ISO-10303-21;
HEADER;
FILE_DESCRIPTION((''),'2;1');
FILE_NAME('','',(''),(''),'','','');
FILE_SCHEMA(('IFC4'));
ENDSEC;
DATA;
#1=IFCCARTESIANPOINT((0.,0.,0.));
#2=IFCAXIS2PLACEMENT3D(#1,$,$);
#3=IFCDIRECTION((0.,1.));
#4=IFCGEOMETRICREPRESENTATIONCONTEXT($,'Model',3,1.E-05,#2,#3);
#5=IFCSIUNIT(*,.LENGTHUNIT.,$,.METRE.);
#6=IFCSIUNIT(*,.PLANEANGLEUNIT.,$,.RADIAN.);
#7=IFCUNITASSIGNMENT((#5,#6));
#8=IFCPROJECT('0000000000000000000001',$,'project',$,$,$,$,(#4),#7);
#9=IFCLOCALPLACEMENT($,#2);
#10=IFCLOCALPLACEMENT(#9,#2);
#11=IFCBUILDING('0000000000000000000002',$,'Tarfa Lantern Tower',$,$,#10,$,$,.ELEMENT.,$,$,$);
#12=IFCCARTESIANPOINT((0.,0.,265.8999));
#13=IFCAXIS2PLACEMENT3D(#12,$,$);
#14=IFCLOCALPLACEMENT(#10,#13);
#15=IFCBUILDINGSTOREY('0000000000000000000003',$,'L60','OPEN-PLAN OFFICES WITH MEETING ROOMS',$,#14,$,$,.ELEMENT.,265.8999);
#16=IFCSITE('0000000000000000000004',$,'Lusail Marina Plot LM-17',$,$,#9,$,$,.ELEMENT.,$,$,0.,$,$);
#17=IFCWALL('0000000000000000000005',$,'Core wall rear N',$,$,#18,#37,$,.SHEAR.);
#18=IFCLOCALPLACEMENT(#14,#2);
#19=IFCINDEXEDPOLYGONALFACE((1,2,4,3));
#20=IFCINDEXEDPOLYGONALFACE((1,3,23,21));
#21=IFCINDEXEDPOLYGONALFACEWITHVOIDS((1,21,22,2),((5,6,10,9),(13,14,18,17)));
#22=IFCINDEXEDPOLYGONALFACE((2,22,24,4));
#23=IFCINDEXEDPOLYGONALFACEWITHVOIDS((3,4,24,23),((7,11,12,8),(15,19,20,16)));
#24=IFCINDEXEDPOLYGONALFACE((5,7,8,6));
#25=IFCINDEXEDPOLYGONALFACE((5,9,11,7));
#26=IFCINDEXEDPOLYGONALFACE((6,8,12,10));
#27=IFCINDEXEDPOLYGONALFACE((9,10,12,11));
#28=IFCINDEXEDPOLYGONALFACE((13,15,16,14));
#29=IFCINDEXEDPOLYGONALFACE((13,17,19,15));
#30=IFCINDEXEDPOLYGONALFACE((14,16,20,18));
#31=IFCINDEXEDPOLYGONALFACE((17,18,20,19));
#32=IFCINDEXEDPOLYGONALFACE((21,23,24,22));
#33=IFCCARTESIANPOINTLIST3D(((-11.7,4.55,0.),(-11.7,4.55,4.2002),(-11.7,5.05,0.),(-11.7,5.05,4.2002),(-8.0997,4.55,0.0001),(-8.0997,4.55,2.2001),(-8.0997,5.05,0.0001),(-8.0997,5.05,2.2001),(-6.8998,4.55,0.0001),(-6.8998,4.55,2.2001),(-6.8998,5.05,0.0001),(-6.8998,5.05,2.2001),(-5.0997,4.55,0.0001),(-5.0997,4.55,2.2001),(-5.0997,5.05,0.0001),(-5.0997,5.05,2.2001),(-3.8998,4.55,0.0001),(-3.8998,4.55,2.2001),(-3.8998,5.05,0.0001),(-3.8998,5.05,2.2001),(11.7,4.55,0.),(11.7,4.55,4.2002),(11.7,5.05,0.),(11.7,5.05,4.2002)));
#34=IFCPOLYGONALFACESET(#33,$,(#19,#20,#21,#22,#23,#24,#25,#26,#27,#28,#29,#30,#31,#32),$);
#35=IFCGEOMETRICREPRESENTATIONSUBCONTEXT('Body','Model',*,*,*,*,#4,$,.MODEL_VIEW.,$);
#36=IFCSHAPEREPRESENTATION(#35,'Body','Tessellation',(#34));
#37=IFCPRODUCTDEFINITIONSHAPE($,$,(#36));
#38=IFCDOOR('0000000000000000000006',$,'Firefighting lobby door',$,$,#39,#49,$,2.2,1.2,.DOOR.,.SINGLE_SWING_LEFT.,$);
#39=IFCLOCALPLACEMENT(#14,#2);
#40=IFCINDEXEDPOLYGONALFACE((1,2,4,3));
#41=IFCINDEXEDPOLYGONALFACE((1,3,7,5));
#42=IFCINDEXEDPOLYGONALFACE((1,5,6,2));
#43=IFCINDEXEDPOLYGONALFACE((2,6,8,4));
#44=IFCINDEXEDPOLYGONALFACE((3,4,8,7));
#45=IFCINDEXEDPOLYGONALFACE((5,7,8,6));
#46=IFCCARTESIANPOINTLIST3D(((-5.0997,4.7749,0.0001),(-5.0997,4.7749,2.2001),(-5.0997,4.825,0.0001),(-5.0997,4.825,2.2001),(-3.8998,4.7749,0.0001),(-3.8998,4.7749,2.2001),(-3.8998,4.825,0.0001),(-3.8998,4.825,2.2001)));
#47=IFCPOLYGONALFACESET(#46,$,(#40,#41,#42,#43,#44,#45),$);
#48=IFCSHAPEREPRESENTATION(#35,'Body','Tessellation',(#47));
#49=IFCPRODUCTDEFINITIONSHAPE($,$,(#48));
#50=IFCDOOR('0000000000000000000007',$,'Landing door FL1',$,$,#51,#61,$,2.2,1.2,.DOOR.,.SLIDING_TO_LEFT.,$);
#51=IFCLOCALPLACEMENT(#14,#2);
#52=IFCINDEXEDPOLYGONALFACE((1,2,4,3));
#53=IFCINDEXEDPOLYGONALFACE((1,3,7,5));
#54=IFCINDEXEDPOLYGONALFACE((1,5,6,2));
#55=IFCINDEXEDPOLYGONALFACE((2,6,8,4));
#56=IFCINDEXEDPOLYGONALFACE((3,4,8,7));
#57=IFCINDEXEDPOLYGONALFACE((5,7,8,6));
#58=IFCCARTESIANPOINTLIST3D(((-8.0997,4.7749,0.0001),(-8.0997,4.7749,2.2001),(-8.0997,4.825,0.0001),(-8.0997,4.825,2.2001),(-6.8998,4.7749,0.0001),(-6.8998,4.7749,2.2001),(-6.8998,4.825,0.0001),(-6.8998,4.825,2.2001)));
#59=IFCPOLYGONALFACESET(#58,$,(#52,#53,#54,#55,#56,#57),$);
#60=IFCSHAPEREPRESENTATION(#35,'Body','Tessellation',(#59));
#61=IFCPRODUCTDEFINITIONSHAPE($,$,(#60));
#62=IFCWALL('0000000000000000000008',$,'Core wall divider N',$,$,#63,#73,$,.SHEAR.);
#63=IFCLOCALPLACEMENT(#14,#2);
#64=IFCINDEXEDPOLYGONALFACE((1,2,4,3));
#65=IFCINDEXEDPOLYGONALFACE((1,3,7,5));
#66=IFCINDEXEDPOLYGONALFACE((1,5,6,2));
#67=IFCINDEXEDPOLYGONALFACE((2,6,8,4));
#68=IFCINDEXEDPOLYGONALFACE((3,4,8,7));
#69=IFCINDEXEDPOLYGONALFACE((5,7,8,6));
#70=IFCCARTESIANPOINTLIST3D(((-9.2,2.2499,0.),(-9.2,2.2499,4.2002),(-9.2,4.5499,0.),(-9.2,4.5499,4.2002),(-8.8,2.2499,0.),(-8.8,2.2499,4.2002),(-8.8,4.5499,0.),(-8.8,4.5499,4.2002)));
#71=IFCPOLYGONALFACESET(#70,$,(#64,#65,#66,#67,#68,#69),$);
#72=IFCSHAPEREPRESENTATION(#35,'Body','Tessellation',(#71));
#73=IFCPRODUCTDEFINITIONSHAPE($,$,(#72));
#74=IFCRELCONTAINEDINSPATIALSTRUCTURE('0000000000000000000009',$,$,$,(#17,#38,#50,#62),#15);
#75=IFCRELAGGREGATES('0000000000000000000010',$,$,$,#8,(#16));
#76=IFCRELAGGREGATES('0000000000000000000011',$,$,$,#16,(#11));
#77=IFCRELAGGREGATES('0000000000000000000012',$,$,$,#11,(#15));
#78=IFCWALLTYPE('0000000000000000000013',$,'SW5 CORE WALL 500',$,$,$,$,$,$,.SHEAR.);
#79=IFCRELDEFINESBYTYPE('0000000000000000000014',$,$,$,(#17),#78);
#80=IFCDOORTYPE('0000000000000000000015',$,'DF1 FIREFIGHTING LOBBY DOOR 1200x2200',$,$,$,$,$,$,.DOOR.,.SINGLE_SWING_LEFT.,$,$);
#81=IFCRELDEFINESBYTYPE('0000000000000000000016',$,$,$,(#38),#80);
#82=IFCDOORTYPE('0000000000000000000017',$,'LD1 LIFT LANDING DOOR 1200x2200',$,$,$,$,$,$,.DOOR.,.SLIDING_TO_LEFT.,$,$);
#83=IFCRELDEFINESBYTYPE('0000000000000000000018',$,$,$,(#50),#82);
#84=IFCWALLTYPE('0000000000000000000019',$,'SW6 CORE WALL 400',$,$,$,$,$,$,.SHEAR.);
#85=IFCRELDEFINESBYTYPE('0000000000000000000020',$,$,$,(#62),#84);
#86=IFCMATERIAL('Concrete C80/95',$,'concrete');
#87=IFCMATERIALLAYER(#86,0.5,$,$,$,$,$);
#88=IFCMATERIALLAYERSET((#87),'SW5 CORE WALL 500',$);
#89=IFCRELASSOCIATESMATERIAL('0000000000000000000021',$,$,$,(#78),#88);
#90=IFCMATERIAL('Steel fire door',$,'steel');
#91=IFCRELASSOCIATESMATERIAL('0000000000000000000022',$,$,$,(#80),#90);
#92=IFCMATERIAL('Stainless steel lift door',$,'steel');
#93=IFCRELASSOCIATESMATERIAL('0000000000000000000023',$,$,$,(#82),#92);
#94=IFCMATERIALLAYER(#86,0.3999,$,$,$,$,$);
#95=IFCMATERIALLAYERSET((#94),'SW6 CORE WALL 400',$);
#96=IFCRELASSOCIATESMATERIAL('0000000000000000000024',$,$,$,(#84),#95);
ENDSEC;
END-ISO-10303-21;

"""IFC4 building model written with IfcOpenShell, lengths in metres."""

from ifc_helpers import new_model, si_unit, direction, frame, frame_2d, origin, place, context, subcontext, project, spatial, rectangle, extrude, material, layer, layer_set, type_object, element, fill, save


model = new_model("IFC4")

# Units and contexts
model_context = context("Model", 3, precision=1e-05, world=origin(), true_north=direction((0.0, 1.0)))
body_context = subcontext(model_context, "Body", "Model", "MODEL_VIEW")
ifc_project = project(units=[si_unit("LENGTHUNIT", "METRE"), si_unit("PLANEANGLEUNIT", "RADIAN")], contexts=[model_context])

# Site, building, storey
site_placement = place(None, origin())
site = spatial("IfcSite", under=ifc_project, at=site_placement, Name="Lusail Marina Plot LM-17", CompositionType="ELEMENT", RefElevation=0.0)
building_placement = place(site_placement, origin())
building = spatial("IfcBuilding", under=site, at=building_placement, Name="Tarfa Lantern Tower", CompositionType="ELEMENT")
storey_placement = place(building_placement, frame((0.0, 0.0, 265.8999)))
storey = spatial("IfcBuildingStorey", under=building, at=storey_placement, Name="L60", Description="OPEN-PLAN OFFICES WITH MEETING ROOMS", CompositionType="ELEMENT", Elevation=265.8999)

# Shared definitions
ifc_material_1 = material(Name="Concrete C80/95", Category="concrete")
ifc_material_2 = material(Name="Steel fire door", Category="steel")
ifc_layer_1 = layer(ifc_material_1, 0.5)
ifc_layer_set_1 = layer_set([ifc_layer_1], Name="SW5 CORE WALL 500")
wall_type_1 = type_object("IfcWallType", Name="SW5 CORE WALL 500", PredefinedType="SHEAR", material=ifc_layer_set_1)

# Wall, openings, doors
wall_1_placement = place(storey_placement, frame((-11.7, 4.8, 0.0), z_axis=(0.0, 0.0, 1.0), x_axis=(1.0, 0.0, 0.0)))
wall_1 = element("IfcWall", 1, at=wall_1_placement, inside=storey, type_object=wall_type_1, Name="Core wall rear N", PredefinedType="SHEAR", context=body_context, shape_type="SweptSolid", body=[
    extrude(rectangle(XDim=23.3999, YDim=0.5, at=frame_2d((11.7, 0.0))), origin(), (0.0, 0.0, 1.0), 4.2002),
])
opening_1_placement = place(wall_1_placement, frame((6.6001, 0.0, 0.0)))
opening_1 = element("IfcOpeningElement", 2, at=opening_1_placement, cuts=wall_1, PredefinedType="OPENING", context=body_context, shape_type="SweptSolid", body=[
    extrude(rectangle(XDim=1.2, YDim=2.2, at=frame_2d((0.6001, 1.1001))), frame((0.0, 0.26, 0.0), z_axis=(0.0, -1.0, 0.0), x_axis=(1.0, 0.0, 0.0)), (0.0, 0.0, 1.0), 0.52),
])
opening_2_placement = place(wall_1_placement, frame((3.6001, 0.0, 0.0)))
opening_2 = element("IfcOpeningElement", 3, at=opening_2_placement, cuts=wall_1, PredefinedType="OPENING", context=body_context, shape_type="SweptSolid", body=[
    extrude(rectangle(XDim=1.2, YDim=2.2, at=frame_2d((0.6001, 1.1001))), frame((0.0, 0.26, 0.0), z_axis=(0.0, -1.0, 0.0), x_axis=(1.0, 0.0, 0.0)), (0.0, 0.0, 1.0), 0.52),
])
door_type_1 = type_object("IfcDoorType", Name="DF1 FIREFIGHTING LOBBY DOOR 1200x2200", OperationType="SINGLE_SWING_LEFT", PredefinedType="DOOR", material=ifc_material_2)
door_1_placement = place(opening_1_placement, origin())
door_1 = element("IfcDoor", 4, at=door_1_placement, inside=storey, type_object=door_type_1, Name="Firefighting lobby door", OperationType="SINGLE_SWING_LEFT", OverallHeight=2.2, OverallWidth=1.2, PredefinedType="DOOR", context=body_context, shape_type="SweptSolid", body=[
    extrude(rectangle(XDim=1.2, YDim=2.2, at=frame_2d((0.6001, 1.1001))), frame((0.0, 0.0249, 0.0), z_axis=(0.0, -1.0, 0.0), x_axis=(1.0, 0.0, 0.0)), (0.0, 0.0, 1.0), 0.05),
])
fill(opening_1, door_1)
ifc_material_3 = material(Name="Stainless steel lift door", Category="steel")
door_type_2 = type_object("IfcDoorType", Name="LD1 LIFT LANDING DOOR 1200x2200", OperationType="SLIDING_TO_LEFT", PredefinedType="DOOR", material=ifc_material_3)
door_2_placement = place(opening_2_placement, origin())
door_2 = element("IfcDoor", 5, at=door_2_placement, inside=storey, type_object=door_type_2, Name="Landing door FL1", OperationType="SLIDING_TO_LEFT", OverallHeight=2.2, OverallWidth=1.2, PredefinedType="DOOR", context=body_context, shape_type="SweptSolid", body=[
    extrude(rectangle(XDim=1.2, YDim=2.2, at=frame_2d((0.6001, 1.1001))), frame((0.0, 0.0249, 0.0), z_axis=(0.0, -1.0, 0.0), x_axis=(1.0, 0.0, 0.0)), (0.0, 0.0, 1.0), 0.05),
])
fill(opening_2, door_2)

# Wall
ifc_layer_2 = layer(ifc_material_1, 0.3999)
ifc_layer_set_2 = layer_set([ifc_layer_2], Name="SW6 CORE WALL 400")
wall_type_2 = type_object("IfcWallType", Name="SW6 CORE WALL 400", PredefinedType="SHEAR", material=ifc_layer_set_2)
wall_2_placement = place(storey_placement, frame((-9.0, 2.25, 0.0), z_axis=(0.0, 0.0, 1.0), x_axis=(0.0, 1.0, 0.0)))
element("IfcWall", 6, at=wall_2_placement, inside=storey, type_object=wall_type_2, Name="Core wall divider N", PredefinedType="SHEAR", context=body_context, shape_type="SweptSolid", body=[
    extrude(rectangle(XDim=2.3, YDim=0.3999, at=frame_2d((1.1499, 0.0))), origin(), (0.0, 0.0, 1.0), 4.2002),
])

save(model, "model.ifc")
